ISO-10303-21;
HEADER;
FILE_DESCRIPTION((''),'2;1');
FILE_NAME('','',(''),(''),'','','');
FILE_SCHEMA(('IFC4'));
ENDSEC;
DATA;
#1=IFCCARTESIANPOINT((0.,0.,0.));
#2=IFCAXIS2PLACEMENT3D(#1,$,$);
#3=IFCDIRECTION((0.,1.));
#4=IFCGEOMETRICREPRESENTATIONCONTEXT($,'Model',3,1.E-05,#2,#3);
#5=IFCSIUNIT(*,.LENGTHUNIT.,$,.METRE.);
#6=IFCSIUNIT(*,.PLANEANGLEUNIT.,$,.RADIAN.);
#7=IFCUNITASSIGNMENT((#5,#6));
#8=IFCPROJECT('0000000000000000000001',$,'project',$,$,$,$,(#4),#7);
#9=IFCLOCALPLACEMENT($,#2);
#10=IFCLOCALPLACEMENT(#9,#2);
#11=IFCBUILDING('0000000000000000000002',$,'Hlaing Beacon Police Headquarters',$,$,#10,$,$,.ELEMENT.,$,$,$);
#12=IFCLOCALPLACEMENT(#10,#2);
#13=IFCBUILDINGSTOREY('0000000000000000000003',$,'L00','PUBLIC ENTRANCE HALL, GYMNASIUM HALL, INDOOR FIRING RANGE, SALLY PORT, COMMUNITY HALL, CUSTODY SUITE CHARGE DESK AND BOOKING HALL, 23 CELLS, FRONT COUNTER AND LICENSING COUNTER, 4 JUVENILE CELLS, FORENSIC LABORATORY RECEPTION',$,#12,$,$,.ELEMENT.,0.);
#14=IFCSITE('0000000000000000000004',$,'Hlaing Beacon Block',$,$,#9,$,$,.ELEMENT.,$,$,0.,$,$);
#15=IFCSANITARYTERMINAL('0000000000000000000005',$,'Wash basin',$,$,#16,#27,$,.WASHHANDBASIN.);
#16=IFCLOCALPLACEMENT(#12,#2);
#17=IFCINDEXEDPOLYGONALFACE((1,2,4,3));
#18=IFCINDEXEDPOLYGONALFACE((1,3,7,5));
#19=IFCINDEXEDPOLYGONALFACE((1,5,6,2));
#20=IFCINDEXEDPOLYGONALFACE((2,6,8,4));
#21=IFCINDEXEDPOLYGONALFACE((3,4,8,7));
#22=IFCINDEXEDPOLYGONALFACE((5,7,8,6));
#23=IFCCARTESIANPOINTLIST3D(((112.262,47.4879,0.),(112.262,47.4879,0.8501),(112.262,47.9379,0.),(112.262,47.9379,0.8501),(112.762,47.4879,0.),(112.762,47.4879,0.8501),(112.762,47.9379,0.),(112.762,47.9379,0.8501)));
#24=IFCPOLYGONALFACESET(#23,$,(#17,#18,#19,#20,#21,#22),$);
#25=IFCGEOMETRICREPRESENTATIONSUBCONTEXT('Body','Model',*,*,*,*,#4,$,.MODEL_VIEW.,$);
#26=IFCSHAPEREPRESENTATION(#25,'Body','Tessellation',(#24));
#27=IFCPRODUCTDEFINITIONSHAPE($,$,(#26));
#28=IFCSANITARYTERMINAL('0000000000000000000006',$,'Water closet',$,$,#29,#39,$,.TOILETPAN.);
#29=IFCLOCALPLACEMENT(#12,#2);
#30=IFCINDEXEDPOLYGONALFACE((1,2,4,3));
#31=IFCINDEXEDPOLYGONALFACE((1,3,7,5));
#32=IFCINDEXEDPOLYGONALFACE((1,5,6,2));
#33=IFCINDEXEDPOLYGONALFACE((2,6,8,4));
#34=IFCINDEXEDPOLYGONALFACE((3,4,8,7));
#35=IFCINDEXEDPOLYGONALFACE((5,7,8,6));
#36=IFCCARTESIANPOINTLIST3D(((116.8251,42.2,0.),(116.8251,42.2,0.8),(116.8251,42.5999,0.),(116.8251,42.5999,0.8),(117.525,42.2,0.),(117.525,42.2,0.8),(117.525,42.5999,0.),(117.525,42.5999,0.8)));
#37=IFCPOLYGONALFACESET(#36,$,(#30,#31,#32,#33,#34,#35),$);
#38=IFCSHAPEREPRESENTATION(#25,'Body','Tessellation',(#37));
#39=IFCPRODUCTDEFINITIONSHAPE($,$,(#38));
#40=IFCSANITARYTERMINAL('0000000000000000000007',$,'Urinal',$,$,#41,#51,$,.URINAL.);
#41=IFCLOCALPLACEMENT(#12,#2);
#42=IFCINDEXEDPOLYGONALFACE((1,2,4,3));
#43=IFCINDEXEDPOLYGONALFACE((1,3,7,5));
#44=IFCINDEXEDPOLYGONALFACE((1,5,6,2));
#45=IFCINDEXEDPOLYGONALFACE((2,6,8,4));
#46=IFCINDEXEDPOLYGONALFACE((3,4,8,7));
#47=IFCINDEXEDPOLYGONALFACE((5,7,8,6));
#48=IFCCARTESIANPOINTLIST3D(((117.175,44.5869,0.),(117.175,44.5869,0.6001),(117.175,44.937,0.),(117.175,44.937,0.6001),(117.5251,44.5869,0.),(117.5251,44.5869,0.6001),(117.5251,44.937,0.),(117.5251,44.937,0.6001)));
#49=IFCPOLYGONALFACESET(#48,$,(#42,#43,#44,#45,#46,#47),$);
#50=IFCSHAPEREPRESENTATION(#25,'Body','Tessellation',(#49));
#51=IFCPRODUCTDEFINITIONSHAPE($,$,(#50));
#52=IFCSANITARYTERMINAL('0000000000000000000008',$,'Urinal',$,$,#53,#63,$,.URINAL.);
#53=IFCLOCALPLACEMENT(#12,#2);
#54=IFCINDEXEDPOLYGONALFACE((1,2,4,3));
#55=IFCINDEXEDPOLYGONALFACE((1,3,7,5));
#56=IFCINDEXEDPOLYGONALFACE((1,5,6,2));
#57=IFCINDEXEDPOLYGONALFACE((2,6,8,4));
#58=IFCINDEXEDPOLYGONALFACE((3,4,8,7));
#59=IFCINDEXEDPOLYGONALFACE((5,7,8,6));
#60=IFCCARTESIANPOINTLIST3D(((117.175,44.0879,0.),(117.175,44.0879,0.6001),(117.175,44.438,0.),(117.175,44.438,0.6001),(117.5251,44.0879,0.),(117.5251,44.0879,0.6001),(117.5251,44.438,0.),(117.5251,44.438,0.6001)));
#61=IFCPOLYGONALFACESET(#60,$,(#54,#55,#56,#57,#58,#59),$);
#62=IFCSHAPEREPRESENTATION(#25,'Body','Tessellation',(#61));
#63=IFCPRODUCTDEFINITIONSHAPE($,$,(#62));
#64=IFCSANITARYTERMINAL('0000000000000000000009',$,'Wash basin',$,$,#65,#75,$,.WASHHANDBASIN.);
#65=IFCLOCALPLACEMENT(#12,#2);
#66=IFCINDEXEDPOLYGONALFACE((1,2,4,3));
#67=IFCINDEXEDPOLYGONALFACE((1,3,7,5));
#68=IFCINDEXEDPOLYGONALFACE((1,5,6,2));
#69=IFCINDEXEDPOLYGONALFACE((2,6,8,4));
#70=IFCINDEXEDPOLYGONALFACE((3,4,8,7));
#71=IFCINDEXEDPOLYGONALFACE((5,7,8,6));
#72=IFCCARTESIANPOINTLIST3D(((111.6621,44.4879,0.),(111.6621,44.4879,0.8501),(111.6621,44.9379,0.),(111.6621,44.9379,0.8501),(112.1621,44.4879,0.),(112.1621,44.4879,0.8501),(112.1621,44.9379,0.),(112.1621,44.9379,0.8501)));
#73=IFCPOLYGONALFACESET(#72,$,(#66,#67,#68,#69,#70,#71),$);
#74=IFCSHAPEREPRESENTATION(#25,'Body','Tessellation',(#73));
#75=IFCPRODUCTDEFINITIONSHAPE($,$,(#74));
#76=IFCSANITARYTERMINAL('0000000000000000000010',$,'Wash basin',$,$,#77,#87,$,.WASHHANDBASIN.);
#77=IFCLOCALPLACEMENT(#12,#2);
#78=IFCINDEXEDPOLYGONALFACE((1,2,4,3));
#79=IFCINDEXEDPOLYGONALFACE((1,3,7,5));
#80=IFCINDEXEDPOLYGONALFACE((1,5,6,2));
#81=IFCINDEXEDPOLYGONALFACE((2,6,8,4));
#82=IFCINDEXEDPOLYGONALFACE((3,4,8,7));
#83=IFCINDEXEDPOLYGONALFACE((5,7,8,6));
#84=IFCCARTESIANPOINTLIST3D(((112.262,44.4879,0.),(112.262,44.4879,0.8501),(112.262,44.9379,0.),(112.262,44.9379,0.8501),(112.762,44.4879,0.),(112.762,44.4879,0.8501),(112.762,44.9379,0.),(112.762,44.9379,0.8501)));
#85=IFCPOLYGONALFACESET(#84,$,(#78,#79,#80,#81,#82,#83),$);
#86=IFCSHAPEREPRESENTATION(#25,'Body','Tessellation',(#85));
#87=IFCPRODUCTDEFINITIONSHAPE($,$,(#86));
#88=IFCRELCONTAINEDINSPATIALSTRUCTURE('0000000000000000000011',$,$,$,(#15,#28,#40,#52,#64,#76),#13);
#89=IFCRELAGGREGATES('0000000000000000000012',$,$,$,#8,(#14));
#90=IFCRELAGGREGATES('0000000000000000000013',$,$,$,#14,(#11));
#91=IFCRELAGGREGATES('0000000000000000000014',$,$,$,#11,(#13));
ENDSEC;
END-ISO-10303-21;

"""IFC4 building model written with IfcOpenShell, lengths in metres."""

from ifc_helpers import new_model, si_unit, direction, frame, origin, origin_2d, place, context, subcontext, project, spatial, rectangle, extrude, element, save


model = new_model("IFC4")

# Units and contexts
model_context = context("Model", 3, precision=1e-05, world=origin(), true_north=direction((0.0, 1.0)))
body_context = subcontext(model_context, "Body", "Model", "MODEL_VIEW")
ifc_project = project(units=[si_unit("LENGTHUNIT", "METRE"), si_unit("PLANEANGLEUNIT", "RADIAN")], contexts=[model_context])

# Site, building, storey
site_placement = place(None, origin())
site = spatial("IfcSite", under=ifc_project, at=site_placement, Name="Hlaing Beacon Block", CompositionType="ELEMENT", RefElevation=0.0)
building_placement = place(site_placement, origin())
building = spatial("IfcBuilding", under=site, at=building_placement, Name="Hlaing Beacon Police Headquarters", CompositionType="ELEMENT")
storey_placement = place(building_placement, origin())
storey = spatial("IfcBuildingStorey", under=building, at=storey_placement, Name="L00", Description="PUBLIC ENTRANCE HALL, GYMNASIUM HALL, INDOOR FIRING RANGE, SALLY PORT, COMMUNITY HALL, CUSTODY SUITE CHARGE DESK AND BOOKING HALL, 23 CELLS, FRONT COUNTER AND LICENSING COUNTER, 4 JUVENILE CELLS, FORENSIC LABORATORY RECEPTION", CompositionType="ELEMENT", Elevation=0.0)

# Sanitary terminals
for number, where, z_axis, x_axis, name in (
    (1, (112.512, 47.7129, 0.0), (0.0, 0.0, 1.0), (1.0, 0.0, 0.0), "Wash basin"),
):
    element("IfcSanitaryTerminal", number, at=place(storey_placement, frame(where, z_axis=z_axis, x_axis=x_axis)), inside=storey, Name=name, PredefinedType="WASHHANDBASIN", context=body_context, shape_type="SweptSolid", body=[
        extrude(rectangle(XDim=0.5, YDim=0.45, at=origin_2d()), origin(), (0.0, 0.0, 1.0), 0.8501),
    ])
sanitary_terminal_placement = place(storey_placement, frame((117.175, 42.3999, 0.0), z_axis=(0.0, 0.0, 1.0), x_axis=(1.0, 0.0, 0.0)))
element("IfcSanitaryTerminal", 2, at=sanitary_terminal_placement, inside=storey, Name="Water closet", PredefinedType="TOILETPAN", context=body_context, shape_type="SweptSolid", body=[
    extrude(rectangle(XDim=0.7, YDim=0.3999, at=origin_2d()), origin(), (0.0, 0.0, 1.0), 0.8),
])
for number, where, z_axis, x_axis, name in (
    (3, (117.3501, 44.762, 0.0), (0.0, 0.0, 1.0), (1.0, 0.0, 0.0), "Urinal"),
    (4, (117.3501, 44.2629, 0.0), (0.0, 0.0, 1.0), (1.0, 0.0, 0.0), "Urinal"),
):
    element("IfcSanitaryTerminal", number, at=place(storey_placement, frame(where, z_axis=z_axis, x_axis=x_axis)), inside=storey, Name=name, PredefinedType="URINAL", context=body_context, shape_type="SweptSolid", body=[
        extrude(rectangle(XDim=0.3501, YDim=0.3501, at=origin_2d()), origin(), (0.0, 0.0, 1.0), 0.6001),
    ])
for number, where, z_axis, x_axis, name in (
    (5, (111.9121, 44.7129, 0.0), (0.0, 0.0, 1.0), (1.0, 0.0, 0.0), "Wash basin"),
    (6, (112.512, 44.7129, 0.0), (0.0, 0.0, 1.0), (1.0, 0.0, 0.0), "Wash basin"),
):
    element("IfcSanitaryTerminal", number, at=place(storey_placement, frame(where, z_axis=z_axis, x_axis=x_axis)), inside=storey, Name=name, PredefinedType="WASHHANDBASIN", context=body_context, shape_type="SweptSolid", body=[
        extrude(rectangle(XDim=0.5, YDim=0.45, at=origin_2d()), origin(), (0.0, 0.0, 1.0), 0.8501),
    ])

save(model, "model.ifc")
